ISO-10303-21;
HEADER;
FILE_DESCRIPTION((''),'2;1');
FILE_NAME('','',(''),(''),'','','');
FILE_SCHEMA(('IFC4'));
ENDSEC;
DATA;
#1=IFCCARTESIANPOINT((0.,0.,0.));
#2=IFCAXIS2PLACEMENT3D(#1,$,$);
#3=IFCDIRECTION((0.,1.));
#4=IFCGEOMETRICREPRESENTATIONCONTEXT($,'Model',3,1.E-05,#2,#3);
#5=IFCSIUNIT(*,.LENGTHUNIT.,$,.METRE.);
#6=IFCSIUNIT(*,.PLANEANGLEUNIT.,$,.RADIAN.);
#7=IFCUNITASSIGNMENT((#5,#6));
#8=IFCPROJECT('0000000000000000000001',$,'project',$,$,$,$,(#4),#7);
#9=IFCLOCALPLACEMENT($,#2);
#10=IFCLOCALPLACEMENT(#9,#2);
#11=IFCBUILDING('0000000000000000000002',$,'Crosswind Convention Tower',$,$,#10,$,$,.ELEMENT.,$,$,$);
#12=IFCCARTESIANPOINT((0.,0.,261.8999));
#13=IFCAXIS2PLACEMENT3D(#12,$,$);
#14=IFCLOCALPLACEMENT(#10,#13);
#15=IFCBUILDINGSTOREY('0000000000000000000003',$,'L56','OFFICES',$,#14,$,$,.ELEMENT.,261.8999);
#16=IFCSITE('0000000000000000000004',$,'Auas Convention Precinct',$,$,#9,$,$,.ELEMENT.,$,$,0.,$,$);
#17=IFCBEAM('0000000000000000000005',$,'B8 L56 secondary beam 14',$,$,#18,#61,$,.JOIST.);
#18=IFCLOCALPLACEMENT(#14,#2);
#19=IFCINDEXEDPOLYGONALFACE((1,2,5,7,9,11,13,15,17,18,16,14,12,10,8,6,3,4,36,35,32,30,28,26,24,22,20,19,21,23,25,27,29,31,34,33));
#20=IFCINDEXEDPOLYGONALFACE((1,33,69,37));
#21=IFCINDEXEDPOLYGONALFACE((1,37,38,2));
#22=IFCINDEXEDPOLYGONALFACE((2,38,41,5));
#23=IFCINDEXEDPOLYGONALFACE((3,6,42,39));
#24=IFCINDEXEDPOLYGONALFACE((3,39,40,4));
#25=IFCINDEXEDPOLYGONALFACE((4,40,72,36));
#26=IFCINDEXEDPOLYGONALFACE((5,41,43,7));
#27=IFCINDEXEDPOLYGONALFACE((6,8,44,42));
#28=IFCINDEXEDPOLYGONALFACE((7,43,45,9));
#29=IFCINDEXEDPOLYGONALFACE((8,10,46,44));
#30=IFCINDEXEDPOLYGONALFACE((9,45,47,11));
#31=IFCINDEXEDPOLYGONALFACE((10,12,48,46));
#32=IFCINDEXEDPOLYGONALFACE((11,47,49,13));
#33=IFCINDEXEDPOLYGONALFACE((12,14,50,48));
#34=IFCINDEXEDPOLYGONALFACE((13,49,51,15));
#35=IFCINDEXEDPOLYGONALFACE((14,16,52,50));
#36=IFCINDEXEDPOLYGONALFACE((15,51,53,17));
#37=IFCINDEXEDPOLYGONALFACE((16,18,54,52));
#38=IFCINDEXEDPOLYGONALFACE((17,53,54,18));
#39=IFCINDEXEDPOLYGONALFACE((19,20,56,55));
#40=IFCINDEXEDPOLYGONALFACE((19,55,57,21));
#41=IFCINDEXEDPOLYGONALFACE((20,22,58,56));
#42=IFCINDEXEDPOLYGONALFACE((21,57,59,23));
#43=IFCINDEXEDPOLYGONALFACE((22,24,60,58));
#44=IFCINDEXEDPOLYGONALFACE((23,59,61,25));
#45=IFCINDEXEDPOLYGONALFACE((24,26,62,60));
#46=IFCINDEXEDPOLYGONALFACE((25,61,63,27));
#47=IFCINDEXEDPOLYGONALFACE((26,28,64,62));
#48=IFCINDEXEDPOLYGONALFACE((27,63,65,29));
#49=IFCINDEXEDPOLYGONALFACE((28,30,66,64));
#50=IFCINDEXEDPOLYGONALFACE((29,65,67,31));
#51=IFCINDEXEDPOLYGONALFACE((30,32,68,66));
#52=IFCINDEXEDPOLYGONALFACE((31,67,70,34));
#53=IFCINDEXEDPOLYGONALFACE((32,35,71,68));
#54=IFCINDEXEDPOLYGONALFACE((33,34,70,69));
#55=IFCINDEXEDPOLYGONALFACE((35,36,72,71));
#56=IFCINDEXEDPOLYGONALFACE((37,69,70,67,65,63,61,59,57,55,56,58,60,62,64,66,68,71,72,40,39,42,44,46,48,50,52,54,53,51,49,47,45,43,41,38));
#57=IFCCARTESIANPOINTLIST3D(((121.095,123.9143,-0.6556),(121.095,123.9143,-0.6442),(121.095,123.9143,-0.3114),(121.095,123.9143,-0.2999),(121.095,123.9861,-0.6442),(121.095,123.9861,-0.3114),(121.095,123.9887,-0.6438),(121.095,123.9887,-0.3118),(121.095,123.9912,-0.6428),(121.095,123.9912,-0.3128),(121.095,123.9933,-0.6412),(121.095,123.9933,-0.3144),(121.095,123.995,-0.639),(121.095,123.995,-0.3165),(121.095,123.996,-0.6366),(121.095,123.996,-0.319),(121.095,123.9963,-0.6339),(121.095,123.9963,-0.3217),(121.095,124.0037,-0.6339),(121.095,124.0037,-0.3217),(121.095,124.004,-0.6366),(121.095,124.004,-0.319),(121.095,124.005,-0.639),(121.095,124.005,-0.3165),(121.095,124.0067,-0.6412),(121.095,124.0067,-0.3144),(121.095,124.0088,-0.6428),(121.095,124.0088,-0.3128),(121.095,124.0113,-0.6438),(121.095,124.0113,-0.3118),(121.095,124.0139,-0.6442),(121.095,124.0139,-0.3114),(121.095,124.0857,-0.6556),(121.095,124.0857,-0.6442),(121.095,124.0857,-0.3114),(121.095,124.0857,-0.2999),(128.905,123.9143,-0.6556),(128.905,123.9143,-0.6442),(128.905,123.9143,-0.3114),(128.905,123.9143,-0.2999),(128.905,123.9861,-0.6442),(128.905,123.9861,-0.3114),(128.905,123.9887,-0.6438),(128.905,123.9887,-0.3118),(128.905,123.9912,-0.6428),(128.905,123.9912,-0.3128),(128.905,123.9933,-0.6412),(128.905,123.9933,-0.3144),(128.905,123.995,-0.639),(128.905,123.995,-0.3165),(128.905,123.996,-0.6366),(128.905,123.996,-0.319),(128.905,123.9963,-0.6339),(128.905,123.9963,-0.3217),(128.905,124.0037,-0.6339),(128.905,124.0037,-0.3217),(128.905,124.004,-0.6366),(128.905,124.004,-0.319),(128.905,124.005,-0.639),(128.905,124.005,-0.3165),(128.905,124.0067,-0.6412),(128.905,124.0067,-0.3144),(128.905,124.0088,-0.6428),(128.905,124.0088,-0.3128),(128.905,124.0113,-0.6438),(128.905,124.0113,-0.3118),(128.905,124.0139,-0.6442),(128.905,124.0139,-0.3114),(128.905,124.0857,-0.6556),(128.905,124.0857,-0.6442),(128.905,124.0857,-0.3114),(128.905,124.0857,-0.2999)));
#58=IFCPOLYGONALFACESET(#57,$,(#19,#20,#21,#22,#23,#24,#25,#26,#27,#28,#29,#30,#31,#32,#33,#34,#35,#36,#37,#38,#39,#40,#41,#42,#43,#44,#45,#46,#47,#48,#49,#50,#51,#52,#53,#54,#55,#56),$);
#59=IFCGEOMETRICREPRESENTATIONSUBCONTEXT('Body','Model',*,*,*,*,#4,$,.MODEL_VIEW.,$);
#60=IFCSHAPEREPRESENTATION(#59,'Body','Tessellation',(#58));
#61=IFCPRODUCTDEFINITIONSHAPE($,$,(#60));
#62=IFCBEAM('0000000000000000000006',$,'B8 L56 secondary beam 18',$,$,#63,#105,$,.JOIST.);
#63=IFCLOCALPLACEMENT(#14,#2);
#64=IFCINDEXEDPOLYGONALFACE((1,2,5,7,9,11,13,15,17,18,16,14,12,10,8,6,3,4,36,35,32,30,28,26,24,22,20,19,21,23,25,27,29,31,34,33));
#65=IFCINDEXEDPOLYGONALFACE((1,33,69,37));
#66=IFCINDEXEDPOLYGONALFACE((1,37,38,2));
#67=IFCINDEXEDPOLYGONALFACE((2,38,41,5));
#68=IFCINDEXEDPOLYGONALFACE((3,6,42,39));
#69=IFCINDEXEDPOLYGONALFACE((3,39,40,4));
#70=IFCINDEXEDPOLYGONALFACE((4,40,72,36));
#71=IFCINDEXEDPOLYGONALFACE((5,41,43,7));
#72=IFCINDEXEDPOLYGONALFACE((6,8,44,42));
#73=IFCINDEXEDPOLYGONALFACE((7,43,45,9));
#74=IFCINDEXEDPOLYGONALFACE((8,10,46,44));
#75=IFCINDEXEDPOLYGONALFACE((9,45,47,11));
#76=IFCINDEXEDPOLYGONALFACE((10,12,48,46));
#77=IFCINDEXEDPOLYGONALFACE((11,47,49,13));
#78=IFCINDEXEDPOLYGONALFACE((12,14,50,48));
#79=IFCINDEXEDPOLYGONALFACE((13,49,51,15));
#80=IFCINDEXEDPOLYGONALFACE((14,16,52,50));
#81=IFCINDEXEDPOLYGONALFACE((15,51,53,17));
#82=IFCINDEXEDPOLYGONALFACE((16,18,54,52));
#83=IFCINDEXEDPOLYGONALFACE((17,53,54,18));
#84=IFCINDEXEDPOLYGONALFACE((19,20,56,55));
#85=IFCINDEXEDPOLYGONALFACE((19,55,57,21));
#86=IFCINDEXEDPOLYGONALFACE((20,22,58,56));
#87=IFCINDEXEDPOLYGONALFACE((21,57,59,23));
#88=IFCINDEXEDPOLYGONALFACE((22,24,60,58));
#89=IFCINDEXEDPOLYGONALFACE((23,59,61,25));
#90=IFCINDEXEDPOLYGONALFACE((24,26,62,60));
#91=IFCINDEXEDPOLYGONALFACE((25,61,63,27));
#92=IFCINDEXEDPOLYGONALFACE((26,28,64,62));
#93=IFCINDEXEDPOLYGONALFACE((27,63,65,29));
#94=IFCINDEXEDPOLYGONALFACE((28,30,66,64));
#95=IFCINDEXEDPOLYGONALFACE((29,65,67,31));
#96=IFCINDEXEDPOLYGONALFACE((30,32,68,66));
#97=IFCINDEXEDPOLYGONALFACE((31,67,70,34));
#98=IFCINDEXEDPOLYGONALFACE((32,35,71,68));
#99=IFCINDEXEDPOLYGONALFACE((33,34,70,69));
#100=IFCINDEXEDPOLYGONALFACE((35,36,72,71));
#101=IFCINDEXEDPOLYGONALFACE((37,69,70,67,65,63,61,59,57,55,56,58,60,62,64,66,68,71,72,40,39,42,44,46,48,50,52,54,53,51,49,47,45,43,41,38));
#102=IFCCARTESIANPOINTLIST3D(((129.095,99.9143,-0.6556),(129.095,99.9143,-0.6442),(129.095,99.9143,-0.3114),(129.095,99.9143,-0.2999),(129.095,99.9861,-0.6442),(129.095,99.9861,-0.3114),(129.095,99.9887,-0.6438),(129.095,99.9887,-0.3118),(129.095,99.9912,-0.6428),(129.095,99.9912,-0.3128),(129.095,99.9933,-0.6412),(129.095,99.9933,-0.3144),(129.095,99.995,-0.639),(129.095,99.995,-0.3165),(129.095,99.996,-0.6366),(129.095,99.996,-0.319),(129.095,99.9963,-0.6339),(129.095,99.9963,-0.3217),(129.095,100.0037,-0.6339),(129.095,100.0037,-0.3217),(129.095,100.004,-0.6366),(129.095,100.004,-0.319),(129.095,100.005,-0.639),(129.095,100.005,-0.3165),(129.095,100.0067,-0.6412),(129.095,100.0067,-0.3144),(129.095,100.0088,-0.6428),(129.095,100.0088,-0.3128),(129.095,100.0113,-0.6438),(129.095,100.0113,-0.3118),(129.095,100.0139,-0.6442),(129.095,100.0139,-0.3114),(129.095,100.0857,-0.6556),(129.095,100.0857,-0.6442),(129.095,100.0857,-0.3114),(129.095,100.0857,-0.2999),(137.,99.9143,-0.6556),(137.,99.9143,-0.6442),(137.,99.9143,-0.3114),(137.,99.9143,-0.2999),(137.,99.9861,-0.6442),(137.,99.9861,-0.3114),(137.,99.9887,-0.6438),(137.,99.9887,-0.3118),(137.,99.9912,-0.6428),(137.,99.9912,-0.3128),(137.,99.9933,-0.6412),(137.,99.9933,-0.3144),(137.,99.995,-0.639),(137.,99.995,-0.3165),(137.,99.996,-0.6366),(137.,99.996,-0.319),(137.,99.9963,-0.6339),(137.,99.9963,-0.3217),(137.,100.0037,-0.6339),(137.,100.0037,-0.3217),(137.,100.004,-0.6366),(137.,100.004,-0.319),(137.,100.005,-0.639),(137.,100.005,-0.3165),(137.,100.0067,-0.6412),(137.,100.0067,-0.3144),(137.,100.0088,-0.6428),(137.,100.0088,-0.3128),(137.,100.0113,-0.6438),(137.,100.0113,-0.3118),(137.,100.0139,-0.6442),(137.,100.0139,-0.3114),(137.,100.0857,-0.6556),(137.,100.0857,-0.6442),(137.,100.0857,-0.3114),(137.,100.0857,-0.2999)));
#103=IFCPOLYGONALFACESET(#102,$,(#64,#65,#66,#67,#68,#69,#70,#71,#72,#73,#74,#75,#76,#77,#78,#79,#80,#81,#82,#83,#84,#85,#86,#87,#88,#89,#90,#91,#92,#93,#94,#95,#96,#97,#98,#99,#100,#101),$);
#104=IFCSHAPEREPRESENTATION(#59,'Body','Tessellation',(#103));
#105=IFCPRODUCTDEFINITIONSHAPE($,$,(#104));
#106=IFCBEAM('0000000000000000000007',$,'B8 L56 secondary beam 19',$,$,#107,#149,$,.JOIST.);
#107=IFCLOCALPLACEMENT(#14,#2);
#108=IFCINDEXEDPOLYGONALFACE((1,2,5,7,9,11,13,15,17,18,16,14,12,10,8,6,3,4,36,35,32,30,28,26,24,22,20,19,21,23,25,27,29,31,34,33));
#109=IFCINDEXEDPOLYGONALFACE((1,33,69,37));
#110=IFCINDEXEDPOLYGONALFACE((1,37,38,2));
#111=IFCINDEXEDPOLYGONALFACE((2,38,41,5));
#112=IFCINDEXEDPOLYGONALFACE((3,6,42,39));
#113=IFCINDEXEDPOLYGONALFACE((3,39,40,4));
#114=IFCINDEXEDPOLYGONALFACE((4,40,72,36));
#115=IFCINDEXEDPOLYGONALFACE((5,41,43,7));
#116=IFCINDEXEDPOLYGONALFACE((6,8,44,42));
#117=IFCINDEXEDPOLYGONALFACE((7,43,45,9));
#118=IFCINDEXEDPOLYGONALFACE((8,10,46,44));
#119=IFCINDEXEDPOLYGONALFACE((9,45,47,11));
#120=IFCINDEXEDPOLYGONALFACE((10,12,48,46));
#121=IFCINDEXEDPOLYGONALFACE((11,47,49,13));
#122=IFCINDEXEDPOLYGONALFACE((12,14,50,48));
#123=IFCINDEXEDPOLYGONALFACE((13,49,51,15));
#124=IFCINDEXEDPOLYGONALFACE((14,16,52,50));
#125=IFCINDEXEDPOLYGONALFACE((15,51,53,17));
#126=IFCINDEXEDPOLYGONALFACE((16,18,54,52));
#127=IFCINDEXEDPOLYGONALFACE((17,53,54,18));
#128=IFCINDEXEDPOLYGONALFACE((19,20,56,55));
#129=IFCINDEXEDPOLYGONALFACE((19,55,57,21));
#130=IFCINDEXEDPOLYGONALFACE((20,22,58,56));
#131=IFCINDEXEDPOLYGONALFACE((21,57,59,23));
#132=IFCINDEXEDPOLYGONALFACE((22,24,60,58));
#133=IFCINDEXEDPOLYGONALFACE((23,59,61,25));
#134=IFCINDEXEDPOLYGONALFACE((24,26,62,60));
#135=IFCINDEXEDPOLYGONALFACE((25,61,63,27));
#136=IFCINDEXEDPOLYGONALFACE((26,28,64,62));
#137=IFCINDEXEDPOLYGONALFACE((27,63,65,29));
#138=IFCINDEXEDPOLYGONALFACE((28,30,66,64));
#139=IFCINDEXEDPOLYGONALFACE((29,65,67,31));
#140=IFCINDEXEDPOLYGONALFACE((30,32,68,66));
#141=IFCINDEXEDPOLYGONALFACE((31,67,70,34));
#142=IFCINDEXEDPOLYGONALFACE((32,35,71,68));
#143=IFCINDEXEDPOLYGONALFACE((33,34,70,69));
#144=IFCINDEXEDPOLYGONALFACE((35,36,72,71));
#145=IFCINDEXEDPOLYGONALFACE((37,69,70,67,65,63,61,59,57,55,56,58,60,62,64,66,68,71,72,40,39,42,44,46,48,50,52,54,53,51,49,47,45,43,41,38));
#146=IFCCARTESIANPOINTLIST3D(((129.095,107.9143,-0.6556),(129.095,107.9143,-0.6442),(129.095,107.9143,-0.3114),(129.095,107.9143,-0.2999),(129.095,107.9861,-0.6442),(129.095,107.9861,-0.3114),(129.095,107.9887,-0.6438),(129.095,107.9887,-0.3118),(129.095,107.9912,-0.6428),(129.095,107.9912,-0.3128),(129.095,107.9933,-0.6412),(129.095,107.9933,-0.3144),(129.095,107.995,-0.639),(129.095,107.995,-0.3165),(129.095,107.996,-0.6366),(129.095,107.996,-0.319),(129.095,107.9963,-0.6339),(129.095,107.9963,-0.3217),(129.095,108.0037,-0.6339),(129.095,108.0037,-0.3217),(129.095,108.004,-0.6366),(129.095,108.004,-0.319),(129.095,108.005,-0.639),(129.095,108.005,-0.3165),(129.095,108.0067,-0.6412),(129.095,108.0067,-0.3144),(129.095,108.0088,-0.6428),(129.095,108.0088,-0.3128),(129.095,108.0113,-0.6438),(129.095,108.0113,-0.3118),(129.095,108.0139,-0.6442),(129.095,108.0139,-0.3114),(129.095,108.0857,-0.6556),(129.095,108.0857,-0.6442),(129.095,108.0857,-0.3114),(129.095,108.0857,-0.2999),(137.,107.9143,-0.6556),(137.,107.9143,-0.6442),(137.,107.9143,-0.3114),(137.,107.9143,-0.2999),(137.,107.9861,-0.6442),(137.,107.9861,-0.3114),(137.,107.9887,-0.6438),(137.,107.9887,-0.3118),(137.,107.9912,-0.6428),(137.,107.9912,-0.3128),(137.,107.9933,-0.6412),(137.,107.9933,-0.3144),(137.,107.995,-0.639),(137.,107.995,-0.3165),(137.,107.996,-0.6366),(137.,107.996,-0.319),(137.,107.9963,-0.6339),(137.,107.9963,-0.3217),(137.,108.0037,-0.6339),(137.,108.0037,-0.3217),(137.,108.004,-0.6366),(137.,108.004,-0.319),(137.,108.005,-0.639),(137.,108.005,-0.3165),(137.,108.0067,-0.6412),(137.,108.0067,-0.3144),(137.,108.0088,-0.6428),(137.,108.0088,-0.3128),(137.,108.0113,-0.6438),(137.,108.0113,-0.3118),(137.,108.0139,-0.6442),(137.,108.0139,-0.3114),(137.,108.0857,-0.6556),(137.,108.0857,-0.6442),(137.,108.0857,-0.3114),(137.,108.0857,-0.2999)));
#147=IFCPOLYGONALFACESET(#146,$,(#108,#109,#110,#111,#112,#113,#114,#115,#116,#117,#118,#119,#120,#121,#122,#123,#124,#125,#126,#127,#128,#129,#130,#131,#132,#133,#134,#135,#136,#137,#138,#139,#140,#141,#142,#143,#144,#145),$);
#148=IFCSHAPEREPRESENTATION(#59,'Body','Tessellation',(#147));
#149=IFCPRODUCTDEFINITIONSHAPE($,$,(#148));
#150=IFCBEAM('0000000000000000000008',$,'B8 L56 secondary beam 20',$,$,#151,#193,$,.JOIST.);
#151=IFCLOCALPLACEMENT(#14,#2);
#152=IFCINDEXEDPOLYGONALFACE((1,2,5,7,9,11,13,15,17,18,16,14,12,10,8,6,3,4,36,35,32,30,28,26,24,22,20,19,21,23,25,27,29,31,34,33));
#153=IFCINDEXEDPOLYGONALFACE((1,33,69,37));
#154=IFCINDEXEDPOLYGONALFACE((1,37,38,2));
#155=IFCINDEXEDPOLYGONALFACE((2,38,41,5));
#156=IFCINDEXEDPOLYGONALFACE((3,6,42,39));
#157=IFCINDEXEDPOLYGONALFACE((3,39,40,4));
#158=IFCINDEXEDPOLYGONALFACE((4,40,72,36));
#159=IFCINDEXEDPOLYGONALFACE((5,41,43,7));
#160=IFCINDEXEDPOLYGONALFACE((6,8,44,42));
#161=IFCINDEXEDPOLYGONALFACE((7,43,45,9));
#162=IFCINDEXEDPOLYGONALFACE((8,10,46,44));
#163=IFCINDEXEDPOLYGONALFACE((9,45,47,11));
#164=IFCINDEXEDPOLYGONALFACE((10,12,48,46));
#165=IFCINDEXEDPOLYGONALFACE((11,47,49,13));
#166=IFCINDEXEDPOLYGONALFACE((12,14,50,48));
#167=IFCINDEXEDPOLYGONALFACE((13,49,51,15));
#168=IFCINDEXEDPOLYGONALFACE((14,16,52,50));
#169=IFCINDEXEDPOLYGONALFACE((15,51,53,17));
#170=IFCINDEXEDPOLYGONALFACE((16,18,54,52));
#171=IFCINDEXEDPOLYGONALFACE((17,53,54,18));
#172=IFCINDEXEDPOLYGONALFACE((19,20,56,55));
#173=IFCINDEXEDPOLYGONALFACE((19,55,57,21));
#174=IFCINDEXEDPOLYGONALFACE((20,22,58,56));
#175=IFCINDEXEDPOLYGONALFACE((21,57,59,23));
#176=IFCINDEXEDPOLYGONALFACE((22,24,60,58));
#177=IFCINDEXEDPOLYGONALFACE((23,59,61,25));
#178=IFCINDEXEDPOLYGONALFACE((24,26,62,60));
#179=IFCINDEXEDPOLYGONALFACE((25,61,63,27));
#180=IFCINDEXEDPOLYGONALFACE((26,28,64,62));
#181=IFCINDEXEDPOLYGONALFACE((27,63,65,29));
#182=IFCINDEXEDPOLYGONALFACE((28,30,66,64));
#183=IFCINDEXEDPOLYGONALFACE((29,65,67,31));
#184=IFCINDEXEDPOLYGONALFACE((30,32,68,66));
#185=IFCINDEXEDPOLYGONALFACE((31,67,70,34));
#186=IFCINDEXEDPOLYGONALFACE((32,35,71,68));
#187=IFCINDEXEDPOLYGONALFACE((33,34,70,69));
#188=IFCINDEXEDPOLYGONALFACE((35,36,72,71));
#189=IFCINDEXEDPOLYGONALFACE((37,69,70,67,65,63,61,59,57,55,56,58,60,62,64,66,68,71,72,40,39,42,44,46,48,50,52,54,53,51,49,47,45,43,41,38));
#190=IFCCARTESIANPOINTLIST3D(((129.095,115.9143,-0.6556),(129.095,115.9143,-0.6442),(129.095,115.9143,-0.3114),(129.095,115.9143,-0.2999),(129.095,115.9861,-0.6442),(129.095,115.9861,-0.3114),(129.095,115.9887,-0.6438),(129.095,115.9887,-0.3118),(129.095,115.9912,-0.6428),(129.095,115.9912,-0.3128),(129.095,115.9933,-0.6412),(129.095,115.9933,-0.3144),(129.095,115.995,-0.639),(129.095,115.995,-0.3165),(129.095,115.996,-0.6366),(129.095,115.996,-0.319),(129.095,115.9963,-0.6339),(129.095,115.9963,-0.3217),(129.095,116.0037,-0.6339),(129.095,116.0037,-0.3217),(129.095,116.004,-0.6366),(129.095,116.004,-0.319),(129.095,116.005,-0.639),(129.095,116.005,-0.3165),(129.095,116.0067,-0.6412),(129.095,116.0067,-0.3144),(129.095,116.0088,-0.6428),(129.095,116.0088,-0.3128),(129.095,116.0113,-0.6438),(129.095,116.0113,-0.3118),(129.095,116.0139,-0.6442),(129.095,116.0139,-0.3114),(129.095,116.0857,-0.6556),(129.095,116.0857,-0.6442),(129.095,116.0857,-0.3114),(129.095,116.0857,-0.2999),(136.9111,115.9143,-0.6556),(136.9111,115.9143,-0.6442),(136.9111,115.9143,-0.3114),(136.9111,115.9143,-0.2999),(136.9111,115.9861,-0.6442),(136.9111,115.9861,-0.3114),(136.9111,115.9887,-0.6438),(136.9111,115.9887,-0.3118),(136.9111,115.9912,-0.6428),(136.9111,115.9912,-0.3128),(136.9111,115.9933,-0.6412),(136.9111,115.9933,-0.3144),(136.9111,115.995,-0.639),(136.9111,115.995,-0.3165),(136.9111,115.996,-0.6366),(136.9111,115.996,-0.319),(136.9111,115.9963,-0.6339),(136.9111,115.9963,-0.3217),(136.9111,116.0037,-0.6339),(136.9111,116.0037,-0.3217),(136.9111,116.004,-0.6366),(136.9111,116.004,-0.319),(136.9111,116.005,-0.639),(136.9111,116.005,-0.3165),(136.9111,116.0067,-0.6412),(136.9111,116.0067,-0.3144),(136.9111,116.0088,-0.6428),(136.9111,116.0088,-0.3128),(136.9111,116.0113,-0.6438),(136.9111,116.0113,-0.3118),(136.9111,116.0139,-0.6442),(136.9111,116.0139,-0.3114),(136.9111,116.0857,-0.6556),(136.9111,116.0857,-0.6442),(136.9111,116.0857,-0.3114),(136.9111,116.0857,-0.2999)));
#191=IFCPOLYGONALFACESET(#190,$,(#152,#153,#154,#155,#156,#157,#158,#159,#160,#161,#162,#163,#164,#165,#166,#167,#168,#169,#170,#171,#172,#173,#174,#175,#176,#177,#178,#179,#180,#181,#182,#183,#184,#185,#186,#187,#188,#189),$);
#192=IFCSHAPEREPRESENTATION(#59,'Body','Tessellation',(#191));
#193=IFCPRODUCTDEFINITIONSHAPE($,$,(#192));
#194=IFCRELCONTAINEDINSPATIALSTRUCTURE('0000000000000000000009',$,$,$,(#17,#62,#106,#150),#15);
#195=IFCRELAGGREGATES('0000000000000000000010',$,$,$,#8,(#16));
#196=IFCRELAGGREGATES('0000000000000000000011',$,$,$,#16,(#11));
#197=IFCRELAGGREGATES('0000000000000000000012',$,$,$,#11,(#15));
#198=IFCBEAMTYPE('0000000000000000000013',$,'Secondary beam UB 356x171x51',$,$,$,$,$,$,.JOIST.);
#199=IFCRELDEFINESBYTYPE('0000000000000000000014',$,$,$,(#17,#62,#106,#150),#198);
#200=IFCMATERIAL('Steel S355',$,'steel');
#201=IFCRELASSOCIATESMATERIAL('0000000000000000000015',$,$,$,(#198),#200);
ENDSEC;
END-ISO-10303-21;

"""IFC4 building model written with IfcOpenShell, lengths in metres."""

from ifc_helpers import new_model, si_unit, direction, frame, origin, origin_2d, place, context, subcontext, project, spatial, i_section, extrude, material, material_profile, profile_set, type_object, element, save


model = new_model("IFC4")

# Units and contexts
model_context = context("Model", 3, precision=1e-05, world=origin(), true_north=direction((0.0, 1.0)))
body_context = subcontext(model_context, "Body", "Model", "MODEL_VIEW")
ifc_project = project(units=[si_unit("LENGTHUNIT", "METRE"), si_unit("PLANEANGLEUNIT", "RADIAN")], contexts=[model_context])

# Site, building, storey
site_placement = place(None, origin())
site = spatial("IfcSite", under=ifc_project, at=site_placement, Name="Auas Convention Precinct", CompositionType="ELEMENT", RefElevation=0.0)
building_placement = place(site_placement, origin())
building = spatial("IfcBuilding", under=site, at=building_placement, Name="Crosswind Convention Tower", CompositionType="ELEMENT")
storey_placement = place(building_placement, frame((0.0, 0.0, 261.8999)))
storey = spatial("IfcBuildingStorey", under=building, at=storey_placement, Name="L56", Description="OFFICES", CompositionType="ELEMENT", Elevation=261.8999)

# Shared definitions
ifc_material_1 = material(Name="Steel S355", Category="steel")

# Beams
ifc_material_profile_1 = material_profile(ifc_material_1, i_section(OverallWidth=0.1714, OverallDepth=0.3557, WebThickness=0.0073, FlangeThickness=0.0115, FilletRadius=0.0103, at=origin_2d()), Name="UB 356x171x51")
ifc_profile_set_1 = profile_set([ifc_material_profile_1], Name="Steel S355")
beam_type_1 = type_object("IfcBeamType", Name="Secondary beam UB 356x171x51", PredefinedType="JOIST", material=ifc_profile_set_1)
for number, where, z_axis, x_axis, name in (
    (1, (121.095, 124.0, -0.4778), (1.0, 0.0, 0.0), (0.0, 1.0, 0.0), "B8 L56 secondary beam 14"),
):
    element("IfcBeam", number, at=place(storey_placement, frame(where, z_axis=z_axis, x_axis=x_axis)), inside=storey, type_object=beam_type_1, Name=name, PredefinedType="JOIST", context=body_context, shape_type="SweptSolid", body=[
        extrude(i_section(OverallWidth=0.1714, OverallDepth=0.3557, WebThickness=0.0073, FlangeThickness=0.0115, FilletRadius=0.0103, at=origin_2d()), origin(), (0.0, 0.0, 1.0), 7.8101),
    ])
for number, where, z_axis, x_axis, name in (
    (2, (129.095, 100.0, -0.4778), (1.0, 0.0, 0.0), (0.0, 1.0, 0.0), "B8 L56 secondary beam 18"),
    (3, (129.095, 108.0, -0.4778), (1.0, 0.0, 0.0), (0.0, 1.0, 0.0), "B8 L56 secondary beam 19"),
):
    element("IfcBeam", number, at=place(storey_placement, frame(where, z_axis=z_axis, x_axis=x_axis)), inside=storey, type_object=beam_type_1, Name=name, PredefinedType="JOIST", context=body_context, shape_type="SweptSolid", body=[
        extrude(i_section(OverallWidth=0.1714, OverallDepth=0.3557, WebThickness=0.0073, FlangeThickness=0.0115, FilletRadius=0.0103, at=origin_2d()), origin(), (0.0, 0.0, 1.0), 7.905),
    ])
for number, where, z_axis, x_axis, name in (
    (4, (129.095, 116.0, -0.4778), (1.0, 0.0, 0.0), (0.0, 1.0, 0.0), "B8 L56 secondary beam 20"),
):
    element("IfcBeam", number, at=place(storey_placement, frame(where, z_axis=z_axis, x_axis=x_axis)), inside=storey, type_object=beam_type_1, Name=name, PredefinedType="JOIST", context=body_context, shape_type="SweptSolid", body=[
        extrude(i_section(OverallWidth=0.1714, OverallDepth=0.3557, WebThickness=0.0073, FlangeThickness=0.0115, FilletRadius=0.0103, at=origin_2d()), origin(), (0.0, 0.0, 1.0), 7.8162),
    ])

save(model, "model.ifc")
